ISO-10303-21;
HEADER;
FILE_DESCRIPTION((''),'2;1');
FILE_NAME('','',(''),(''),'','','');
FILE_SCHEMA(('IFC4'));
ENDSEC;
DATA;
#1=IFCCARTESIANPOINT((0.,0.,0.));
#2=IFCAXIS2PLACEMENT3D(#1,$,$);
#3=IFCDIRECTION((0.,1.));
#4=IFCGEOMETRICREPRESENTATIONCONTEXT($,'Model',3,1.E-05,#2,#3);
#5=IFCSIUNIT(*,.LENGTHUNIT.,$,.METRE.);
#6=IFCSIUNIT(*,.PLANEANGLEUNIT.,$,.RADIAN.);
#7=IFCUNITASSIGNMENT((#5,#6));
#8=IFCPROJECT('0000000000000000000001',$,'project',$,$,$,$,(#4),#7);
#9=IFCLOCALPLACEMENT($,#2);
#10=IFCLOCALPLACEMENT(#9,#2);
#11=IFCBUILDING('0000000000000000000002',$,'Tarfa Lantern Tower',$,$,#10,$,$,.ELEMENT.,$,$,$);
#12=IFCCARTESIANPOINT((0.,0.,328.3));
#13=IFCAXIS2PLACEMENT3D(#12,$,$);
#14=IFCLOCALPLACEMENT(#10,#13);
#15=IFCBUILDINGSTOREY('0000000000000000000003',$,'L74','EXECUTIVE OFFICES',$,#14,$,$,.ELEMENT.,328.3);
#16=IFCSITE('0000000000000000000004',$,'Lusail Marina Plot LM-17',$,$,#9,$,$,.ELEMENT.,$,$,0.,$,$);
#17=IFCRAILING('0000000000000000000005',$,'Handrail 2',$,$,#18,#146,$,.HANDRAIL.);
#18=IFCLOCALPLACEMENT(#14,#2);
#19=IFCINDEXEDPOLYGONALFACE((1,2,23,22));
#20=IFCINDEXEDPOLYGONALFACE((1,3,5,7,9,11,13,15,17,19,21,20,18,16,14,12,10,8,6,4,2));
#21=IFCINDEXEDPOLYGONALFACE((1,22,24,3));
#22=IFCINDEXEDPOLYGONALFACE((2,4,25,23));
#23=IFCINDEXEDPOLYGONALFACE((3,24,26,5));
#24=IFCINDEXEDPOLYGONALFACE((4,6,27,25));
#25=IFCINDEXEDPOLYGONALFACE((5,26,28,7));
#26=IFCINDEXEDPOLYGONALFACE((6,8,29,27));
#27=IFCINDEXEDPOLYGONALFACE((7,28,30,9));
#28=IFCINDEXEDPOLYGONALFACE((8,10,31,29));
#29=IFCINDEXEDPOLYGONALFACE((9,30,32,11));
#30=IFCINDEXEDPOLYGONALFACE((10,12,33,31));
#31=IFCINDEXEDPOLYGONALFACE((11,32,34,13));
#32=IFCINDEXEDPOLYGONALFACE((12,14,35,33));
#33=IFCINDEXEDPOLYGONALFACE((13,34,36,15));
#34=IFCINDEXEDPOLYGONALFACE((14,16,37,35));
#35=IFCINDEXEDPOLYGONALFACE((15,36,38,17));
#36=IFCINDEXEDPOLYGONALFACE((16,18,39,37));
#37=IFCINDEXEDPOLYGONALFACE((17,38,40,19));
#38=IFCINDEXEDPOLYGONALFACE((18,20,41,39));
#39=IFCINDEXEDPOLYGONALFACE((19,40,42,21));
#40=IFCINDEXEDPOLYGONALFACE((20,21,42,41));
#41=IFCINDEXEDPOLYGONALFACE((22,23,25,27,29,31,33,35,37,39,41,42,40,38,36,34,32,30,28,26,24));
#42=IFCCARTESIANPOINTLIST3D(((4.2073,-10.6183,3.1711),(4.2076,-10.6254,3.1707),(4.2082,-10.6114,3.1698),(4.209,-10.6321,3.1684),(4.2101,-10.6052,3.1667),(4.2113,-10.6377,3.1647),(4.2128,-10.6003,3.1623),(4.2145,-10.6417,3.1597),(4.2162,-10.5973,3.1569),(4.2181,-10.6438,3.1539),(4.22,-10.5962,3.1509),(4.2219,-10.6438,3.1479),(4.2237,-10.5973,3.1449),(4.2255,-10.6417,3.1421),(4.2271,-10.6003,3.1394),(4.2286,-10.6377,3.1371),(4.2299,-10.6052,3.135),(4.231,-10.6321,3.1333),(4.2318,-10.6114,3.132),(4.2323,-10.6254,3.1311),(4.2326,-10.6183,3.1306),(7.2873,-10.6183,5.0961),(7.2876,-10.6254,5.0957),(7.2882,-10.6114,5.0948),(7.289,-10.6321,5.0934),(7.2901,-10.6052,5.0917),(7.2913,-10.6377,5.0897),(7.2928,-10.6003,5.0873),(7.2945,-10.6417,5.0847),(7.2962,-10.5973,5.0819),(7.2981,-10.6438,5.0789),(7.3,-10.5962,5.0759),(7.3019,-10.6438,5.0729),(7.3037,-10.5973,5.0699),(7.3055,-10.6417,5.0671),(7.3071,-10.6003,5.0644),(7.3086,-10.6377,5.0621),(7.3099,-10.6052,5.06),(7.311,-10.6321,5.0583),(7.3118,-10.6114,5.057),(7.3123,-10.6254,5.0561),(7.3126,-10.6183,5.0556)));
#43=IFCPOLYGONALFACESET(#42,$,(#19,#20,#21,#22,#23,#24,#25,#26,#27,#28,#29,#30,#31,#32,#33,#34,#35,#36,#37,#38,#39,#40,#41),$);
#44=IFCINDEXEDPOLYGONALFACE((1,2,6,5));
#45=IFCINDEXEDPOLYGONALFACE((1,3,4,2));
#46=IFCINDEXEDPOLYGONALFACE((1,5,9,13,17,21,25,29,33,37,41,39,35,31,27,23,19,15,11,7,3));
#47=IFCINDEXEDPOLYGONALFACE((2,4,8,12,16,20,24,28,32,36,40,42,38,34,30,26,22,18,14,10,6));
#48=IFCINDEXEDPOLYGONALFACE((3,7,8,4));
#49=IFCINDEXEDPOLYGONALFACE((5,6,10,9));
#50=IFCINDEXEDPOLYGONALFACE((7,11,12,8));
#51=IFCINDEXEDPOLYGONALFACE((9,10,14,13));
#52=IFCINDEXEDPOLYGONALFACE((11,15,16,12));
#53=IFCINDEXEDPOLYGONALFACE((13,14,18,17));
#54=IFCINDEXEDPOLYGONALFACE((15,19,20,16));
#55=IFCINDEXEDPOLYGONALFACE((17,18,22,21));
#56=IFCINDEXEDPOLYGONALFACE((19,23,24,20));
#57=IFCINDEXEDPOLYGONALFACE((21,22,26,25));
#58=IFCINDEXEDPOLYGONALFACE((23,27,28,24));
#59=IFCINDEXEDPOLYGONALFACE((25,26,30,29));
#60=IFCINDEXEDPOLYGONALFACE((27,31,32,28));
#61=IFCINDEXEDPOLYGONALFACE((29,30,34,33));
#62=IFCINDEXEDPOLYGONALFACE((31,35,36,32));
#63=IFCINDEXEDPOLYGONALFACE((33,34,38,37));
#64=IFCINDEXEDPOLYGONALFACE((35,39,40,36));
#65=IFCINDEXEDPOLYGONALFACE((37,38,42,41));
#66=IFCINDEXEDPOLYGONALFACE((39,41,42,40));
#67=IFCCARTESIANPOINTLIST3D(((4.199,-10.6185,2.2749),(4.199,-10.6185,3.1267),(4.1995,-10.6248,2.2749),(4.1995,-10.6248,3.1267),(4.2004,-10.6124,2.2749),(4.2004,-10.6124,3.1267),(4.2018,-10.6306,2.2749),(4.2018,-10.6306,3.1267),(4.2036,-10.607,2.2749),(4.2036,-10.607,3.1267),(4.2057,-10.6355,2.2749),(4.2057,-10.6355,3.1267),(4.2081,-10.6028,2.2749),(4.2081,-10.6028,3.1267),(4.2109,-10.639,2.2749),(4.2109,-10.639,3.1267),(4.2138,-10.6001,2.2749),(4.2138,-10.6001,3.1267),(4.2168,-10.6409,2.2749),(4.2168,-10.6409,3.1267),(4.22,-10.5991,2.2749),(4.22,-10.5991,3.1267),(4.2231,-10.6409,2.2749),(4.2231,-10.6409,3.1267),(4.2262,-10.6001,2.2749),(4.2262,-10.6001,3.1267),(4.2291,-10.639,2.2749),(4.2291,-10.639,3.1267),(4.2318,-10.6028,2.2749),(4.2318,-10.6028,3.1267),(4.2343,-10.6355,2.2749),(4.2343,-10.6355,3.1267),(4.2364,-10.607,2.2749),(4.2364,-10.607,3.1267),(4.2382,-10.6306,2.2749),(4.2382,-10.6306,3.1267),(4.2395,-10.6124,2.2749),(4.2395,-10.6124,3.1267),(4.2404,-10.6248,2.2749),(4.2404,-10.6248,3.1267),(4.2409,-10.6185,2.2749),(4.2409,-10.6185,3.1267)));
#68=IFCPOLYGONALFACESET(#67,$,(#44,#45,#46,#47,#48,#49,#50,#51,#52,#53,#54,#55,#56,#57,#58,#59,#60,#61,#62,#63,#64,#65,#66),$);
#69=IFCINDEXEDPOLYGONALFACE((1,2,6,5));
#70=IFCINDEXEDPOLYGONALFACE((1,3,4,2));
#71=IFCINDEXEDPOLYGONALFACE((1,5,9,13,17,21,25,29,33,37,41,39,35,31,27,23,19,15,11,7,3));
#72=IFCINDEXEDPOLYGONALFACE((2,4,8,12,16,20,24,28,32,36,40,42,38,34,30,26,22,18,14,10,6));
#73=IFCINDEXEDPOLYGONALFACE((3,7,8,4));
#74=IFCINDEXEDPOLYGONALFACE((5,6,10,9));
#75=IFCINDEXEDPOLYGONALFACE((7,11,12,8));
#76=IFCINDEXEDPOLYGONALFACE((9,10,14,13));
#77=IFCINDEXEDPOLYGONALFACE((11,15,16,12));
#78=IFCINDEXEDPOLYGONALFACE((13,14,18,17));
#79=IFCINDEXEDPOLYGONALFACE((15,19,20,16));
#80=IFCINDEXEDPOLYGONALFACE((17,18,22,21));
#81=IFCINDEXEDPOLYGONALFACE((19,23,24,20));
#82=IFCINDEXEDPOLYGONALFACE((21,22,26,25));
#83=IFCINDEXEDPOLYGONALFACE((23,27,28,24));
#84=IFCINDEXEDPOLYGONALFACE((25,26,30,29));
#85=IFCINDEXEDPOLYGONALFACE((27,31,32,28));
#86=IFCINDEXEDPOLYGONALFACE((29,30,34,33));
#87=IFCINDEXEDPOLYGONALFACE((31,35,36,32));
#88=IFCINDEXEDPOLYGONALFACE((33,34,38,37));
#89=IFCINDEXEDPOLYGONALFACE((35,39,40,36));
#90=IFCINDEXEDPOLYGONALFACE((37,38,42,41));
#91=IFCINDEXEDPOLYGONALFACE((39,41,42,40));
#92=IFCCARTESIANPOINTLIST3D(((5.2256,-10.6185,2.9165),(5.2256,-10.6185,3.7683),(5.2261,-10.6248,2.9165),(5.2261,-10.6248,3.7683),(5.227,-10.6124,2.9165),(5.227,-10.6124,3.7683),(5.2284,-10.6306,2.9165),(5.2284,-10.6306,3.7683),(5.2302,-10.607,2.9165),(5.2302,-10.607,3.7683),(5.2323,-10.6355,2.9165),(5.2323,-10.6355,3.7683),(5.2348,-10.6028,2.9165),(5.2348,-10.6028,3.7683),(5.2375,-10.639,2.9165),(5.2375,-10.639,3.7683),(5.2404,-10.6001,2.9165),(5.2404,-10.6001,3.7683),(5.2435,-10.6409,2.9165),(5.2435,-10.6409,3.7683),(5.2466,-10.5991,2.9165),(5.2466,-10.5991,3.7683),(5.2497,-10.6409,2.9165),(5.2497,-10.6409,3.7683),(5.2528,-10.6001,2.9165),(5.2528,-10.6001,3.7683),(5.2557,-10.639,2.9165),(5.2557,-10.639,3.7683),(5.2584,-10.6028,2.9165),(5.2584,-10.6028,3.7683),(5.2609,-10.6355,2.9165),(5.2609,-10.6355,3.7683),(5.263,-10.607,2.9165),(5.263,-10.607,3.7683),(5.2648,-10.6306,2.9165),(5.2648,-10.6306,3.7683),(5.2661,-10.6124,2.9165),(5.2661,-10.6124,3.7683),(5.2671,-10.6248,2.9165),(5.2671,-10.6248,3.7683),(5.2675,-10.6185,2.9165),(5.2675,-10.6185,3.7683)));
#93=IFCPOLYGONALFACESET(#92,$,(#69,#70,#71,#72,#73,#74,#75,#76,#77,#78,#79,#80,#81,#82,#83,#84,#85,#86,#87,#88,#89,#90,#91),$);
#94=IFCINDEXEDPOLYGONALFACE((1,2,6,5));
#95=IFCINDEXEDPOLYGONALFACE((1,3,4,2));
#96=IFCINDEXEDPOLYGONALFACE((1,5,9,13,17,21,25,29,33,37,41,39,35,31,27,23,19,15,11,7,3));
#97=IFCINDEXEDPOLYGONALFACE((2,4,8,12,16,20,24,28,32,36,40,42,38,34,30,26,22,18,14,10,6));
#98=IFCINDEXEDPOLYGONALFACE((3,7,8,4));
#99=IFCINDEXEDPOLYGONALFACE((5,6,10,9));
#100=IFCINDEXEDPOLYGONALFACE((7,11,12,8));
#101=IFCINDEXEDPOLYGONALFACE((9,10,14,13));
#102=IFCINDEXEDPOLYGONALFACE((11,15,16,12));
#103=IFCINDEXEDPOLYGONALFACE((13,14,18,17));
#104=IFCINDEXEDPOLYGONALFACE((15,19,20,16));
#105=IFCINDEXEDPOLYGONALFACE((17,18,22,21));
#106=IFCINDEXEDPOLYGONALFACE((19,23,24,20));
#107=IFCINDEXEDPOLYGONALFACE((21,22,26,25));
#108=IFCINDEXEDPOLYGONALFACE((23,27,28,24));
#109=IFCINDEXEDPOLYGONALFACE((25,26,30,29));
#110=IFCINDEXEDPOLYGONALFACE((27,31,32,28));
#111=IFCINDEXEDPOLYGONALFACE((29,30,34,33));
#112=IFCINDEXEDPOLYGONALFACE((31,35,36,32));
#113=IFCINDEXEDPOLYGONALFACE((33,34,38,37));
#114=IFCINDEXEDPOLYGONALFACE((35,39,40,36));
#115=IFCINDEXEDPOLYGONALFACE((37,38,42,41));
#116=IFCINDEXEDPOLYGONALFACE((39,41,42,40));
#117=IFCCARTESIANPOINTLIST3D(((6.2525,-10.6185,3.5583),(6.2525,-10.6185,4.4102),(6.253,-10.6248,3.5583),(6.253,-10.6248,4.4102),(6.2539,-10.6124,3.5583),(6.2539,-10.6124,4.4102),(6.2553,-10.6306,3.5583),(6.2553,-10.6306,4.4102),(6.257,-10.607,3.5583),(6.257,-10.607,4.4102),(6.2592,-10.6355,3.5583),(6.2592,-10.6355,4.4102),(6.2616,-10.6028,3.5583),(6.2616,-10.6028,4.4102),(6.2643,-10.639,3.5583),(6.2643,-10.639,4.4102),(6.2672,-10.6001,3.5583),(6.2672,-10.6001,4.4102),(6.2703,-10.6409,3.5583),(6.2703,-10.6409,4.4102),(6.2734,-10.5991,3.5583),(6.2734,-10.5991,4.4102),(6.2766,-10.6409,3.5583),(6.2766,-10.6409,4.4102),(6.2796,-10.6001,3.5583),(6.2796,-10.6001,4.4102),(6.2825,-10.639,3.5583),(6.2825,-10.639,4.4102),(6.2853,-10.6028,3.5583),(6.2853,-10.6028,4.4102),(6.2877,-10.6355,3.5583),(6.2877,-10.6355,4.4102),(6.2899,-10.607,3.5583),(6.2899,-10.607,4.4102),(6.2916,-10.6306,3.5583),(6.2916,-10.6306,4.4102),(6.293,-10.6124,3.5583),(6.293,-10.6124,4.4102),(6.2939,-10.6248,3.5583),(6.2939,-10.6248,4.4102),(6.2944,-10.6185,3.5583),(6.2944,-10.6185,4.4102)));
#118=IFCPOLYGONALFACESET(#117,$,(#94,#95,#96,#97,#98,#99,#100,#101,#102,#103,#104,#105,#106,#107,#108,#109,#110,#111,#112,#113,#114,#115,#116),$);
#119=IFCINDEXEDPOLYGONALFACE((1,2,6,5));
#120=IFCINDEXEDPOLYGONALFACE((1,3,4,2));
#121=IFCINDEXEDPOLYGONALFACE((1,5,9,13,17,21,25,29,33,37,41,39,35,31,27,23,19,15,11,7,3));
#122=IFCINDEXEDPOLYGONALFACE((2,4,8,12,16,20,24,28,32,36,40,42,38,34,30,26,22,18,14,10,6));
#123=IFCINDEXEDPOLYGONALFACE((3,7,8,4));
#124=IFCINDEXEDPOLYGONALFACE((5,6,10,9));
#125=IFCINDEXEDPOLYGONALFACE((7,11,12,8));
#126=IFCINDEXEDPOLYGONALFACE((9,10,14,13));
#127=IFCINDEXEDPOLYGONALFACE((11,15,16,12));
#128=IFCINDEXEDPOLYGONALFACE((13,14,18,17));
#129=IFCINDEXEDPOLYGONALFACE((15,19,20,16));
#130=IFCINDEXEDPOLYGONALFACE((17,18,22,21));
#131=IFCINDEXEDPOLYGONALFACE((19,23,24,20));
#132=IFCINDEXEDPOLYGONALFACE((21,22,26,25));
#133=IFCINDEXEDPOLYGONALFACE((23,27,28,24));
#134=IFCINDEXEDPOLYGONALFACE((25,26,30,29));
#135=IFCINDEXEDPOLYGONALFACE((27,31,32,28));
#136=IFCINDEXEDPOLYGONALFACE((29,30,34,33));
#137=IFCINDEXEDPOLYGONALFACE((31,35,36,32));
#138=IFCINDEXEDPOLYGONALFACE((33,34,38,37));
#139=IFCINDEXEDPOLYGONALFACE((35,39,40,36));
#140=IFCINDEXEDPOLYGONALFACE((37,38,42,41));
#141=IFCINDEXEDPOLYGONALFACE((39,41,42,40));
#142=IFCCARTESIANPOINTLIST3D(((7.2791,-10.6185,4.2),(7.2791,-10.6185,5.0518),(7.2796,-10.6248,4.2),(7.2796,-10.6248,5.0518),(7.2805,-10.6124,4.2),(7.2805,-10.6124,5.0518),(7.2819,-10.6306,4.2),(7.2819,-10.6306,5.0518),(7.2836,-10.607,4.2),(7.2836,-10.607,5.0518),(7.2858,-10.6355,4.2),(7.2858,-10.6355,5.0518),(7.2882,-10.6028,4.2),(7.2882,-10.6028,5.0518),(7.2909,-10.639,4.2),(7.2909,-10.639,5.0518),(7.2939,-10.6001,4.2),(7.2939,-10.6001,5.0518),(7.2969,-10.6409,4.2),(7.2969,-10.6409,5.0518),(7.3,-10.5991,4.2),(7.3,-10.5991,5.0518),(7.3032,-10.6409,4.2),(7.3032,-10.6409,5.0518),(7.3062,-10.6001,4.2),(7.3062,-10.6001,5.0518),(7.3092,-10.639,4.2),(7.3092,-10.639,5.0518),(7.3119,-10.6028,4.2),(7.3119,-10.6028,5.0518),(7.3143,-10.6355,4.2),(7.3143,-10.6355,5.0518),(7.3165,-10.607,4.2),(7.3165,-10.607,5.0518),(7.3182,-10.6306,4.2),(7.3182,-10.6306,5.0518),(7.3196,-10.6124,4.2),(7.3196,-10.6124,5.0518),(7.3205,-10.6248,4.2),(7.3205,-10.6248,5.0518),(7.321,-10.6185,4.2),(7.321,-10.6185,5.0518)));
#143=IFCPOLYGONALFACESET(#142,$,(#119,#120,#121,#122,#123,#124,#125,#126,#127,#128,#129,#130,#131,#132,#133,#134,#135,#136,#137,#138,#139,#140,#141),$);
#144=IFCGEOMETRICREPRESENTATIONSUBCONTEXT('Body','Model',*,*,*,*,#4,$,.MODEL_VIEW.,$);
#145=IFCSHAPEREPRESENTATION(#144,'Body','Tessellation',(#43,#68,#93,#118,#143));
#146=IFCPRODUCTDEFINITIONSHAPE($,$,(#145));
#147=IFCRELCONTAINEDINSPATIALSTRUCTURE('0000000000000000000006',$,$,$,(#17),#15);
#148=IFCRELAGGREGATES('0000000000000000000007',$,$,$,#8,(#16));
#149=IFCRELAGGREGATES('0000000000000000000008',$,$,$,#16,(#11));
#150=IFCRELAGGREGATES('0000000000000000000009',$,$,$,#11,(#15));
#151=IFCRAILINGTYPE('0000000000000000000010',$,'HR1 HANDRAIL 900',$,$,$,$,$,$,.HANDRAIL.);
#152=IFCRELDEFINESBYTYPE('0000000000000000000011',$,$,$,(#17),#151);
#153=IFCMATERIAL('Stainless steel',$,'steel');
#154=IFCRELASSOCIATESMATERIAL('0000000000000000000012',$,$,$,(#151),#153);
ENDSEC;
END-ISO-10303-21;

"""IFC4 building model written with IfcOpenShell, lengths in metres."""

from ifc_helpers import new_model, si_unit, direction, frame, origin, origin_2d, place, context, subcontext, project, spatial, circle, extrude, material, type_object, element, save


model = new_model("IFC4")

# Units and contexts
model_context = context("Model", 3, precision=1e-05, world=origin(), true_north=direction((0.0, 1.0)))
body_context = subcontext(model_context, "Body", "Model", "MODEL_VIEW")
ifc_project = project(units=[si_unit("LENGTHUNIT", "METRE"), si_unit("PLANEANGLEUNIT", "RADIAN")], contexts=[model_context])

# Site, building, storey
site_placement = place(None, origin())
site = spatial("IfcSite", under=ifc_project, at=site_placement, Name="Lusail Marina Plot LM-17", CompositionType="ELEMENT", RefElevation=0.0)
building_placement = place(site_placement, origin())
building = spatial("IfcBuilding", under=site, at=building_placement, Name="Tarfa Lantern Tower", CompositionType="ELEMENT")
storey_placement = place(building_placement, frame((0.0, 0.0, 328.3)))
storey = spatial("IfcBuildingStorey", under=building, at=storey_placement, Name="L74", Description="EXECUTIVE OFFICES", CompositionType="ELEMENT", Elevation=328.3)

# Railing
ifc_material_1 = material(Name="Stainless steel", Category="steel")
railing_type = type_object("IfcRailingType", Name="HR1 HANDRAIL 900", PredefinedType="HANDRAIL", material=ifc_material_1)
railing_1_placement = place(storey_placement, frame((4.22, -10.6201, 2.2749)))
element("IfcRailing", 1, at=railing_1_placement, inside=storey, type_object=railing_type, Name="Handrail 2", PredefinedType="HANDRAIL", context=body_context, shape_type="SweptSolid", body=[
    extrude(circle(Radius=0.0239, at=origin_2d()), frame((0.0, 0.0, 0.876), z_axis=(0.847998, 0.0, 0.529999), x_axis=(0.0, 1.0, 0.0)), (0.0, 0.0, 1.0), 3.6321),
    extrude(circle(Radius=0.021, at=origin_2d()), frame((0.0, 0.0, 0.0), z_axis=(0.0, 0.0, 1.0), x_axis=(0.0, 1.0, 0.0)), (0.0, 0.0, 1.0), 0.8518),
    extrude(circle(Radius=0.021, at=origin_2d()), frame((1.0266, 0.0, 0.6416), z_axis=(0.0, 0.0, 1.0), x_axis=(0.0, 1.0, 0.0)), (0.0, 0.0, 1.0), 0.8518),
    extrude(circle(Radius=0.021, at=origin_2d()), frame((2.0535, 0.0, 1.2834), z_axis=(0.0, 0.0, 1.0), x_axis=(0.0, 1.0, 0.0)), (0.0, 0.0, 1.0), 0.8518),
    extrude(circle(Radius=0.021, at=origin_2d()), frame((3.0801, 0.0, 1.925), z_axis=(0.0, 0.0, 1.0), x_axis=(0.0, 1.0, 0.0)), (0.0, 0.0, 1.0), 0.8518),
])

save(model, "model.ifc")
